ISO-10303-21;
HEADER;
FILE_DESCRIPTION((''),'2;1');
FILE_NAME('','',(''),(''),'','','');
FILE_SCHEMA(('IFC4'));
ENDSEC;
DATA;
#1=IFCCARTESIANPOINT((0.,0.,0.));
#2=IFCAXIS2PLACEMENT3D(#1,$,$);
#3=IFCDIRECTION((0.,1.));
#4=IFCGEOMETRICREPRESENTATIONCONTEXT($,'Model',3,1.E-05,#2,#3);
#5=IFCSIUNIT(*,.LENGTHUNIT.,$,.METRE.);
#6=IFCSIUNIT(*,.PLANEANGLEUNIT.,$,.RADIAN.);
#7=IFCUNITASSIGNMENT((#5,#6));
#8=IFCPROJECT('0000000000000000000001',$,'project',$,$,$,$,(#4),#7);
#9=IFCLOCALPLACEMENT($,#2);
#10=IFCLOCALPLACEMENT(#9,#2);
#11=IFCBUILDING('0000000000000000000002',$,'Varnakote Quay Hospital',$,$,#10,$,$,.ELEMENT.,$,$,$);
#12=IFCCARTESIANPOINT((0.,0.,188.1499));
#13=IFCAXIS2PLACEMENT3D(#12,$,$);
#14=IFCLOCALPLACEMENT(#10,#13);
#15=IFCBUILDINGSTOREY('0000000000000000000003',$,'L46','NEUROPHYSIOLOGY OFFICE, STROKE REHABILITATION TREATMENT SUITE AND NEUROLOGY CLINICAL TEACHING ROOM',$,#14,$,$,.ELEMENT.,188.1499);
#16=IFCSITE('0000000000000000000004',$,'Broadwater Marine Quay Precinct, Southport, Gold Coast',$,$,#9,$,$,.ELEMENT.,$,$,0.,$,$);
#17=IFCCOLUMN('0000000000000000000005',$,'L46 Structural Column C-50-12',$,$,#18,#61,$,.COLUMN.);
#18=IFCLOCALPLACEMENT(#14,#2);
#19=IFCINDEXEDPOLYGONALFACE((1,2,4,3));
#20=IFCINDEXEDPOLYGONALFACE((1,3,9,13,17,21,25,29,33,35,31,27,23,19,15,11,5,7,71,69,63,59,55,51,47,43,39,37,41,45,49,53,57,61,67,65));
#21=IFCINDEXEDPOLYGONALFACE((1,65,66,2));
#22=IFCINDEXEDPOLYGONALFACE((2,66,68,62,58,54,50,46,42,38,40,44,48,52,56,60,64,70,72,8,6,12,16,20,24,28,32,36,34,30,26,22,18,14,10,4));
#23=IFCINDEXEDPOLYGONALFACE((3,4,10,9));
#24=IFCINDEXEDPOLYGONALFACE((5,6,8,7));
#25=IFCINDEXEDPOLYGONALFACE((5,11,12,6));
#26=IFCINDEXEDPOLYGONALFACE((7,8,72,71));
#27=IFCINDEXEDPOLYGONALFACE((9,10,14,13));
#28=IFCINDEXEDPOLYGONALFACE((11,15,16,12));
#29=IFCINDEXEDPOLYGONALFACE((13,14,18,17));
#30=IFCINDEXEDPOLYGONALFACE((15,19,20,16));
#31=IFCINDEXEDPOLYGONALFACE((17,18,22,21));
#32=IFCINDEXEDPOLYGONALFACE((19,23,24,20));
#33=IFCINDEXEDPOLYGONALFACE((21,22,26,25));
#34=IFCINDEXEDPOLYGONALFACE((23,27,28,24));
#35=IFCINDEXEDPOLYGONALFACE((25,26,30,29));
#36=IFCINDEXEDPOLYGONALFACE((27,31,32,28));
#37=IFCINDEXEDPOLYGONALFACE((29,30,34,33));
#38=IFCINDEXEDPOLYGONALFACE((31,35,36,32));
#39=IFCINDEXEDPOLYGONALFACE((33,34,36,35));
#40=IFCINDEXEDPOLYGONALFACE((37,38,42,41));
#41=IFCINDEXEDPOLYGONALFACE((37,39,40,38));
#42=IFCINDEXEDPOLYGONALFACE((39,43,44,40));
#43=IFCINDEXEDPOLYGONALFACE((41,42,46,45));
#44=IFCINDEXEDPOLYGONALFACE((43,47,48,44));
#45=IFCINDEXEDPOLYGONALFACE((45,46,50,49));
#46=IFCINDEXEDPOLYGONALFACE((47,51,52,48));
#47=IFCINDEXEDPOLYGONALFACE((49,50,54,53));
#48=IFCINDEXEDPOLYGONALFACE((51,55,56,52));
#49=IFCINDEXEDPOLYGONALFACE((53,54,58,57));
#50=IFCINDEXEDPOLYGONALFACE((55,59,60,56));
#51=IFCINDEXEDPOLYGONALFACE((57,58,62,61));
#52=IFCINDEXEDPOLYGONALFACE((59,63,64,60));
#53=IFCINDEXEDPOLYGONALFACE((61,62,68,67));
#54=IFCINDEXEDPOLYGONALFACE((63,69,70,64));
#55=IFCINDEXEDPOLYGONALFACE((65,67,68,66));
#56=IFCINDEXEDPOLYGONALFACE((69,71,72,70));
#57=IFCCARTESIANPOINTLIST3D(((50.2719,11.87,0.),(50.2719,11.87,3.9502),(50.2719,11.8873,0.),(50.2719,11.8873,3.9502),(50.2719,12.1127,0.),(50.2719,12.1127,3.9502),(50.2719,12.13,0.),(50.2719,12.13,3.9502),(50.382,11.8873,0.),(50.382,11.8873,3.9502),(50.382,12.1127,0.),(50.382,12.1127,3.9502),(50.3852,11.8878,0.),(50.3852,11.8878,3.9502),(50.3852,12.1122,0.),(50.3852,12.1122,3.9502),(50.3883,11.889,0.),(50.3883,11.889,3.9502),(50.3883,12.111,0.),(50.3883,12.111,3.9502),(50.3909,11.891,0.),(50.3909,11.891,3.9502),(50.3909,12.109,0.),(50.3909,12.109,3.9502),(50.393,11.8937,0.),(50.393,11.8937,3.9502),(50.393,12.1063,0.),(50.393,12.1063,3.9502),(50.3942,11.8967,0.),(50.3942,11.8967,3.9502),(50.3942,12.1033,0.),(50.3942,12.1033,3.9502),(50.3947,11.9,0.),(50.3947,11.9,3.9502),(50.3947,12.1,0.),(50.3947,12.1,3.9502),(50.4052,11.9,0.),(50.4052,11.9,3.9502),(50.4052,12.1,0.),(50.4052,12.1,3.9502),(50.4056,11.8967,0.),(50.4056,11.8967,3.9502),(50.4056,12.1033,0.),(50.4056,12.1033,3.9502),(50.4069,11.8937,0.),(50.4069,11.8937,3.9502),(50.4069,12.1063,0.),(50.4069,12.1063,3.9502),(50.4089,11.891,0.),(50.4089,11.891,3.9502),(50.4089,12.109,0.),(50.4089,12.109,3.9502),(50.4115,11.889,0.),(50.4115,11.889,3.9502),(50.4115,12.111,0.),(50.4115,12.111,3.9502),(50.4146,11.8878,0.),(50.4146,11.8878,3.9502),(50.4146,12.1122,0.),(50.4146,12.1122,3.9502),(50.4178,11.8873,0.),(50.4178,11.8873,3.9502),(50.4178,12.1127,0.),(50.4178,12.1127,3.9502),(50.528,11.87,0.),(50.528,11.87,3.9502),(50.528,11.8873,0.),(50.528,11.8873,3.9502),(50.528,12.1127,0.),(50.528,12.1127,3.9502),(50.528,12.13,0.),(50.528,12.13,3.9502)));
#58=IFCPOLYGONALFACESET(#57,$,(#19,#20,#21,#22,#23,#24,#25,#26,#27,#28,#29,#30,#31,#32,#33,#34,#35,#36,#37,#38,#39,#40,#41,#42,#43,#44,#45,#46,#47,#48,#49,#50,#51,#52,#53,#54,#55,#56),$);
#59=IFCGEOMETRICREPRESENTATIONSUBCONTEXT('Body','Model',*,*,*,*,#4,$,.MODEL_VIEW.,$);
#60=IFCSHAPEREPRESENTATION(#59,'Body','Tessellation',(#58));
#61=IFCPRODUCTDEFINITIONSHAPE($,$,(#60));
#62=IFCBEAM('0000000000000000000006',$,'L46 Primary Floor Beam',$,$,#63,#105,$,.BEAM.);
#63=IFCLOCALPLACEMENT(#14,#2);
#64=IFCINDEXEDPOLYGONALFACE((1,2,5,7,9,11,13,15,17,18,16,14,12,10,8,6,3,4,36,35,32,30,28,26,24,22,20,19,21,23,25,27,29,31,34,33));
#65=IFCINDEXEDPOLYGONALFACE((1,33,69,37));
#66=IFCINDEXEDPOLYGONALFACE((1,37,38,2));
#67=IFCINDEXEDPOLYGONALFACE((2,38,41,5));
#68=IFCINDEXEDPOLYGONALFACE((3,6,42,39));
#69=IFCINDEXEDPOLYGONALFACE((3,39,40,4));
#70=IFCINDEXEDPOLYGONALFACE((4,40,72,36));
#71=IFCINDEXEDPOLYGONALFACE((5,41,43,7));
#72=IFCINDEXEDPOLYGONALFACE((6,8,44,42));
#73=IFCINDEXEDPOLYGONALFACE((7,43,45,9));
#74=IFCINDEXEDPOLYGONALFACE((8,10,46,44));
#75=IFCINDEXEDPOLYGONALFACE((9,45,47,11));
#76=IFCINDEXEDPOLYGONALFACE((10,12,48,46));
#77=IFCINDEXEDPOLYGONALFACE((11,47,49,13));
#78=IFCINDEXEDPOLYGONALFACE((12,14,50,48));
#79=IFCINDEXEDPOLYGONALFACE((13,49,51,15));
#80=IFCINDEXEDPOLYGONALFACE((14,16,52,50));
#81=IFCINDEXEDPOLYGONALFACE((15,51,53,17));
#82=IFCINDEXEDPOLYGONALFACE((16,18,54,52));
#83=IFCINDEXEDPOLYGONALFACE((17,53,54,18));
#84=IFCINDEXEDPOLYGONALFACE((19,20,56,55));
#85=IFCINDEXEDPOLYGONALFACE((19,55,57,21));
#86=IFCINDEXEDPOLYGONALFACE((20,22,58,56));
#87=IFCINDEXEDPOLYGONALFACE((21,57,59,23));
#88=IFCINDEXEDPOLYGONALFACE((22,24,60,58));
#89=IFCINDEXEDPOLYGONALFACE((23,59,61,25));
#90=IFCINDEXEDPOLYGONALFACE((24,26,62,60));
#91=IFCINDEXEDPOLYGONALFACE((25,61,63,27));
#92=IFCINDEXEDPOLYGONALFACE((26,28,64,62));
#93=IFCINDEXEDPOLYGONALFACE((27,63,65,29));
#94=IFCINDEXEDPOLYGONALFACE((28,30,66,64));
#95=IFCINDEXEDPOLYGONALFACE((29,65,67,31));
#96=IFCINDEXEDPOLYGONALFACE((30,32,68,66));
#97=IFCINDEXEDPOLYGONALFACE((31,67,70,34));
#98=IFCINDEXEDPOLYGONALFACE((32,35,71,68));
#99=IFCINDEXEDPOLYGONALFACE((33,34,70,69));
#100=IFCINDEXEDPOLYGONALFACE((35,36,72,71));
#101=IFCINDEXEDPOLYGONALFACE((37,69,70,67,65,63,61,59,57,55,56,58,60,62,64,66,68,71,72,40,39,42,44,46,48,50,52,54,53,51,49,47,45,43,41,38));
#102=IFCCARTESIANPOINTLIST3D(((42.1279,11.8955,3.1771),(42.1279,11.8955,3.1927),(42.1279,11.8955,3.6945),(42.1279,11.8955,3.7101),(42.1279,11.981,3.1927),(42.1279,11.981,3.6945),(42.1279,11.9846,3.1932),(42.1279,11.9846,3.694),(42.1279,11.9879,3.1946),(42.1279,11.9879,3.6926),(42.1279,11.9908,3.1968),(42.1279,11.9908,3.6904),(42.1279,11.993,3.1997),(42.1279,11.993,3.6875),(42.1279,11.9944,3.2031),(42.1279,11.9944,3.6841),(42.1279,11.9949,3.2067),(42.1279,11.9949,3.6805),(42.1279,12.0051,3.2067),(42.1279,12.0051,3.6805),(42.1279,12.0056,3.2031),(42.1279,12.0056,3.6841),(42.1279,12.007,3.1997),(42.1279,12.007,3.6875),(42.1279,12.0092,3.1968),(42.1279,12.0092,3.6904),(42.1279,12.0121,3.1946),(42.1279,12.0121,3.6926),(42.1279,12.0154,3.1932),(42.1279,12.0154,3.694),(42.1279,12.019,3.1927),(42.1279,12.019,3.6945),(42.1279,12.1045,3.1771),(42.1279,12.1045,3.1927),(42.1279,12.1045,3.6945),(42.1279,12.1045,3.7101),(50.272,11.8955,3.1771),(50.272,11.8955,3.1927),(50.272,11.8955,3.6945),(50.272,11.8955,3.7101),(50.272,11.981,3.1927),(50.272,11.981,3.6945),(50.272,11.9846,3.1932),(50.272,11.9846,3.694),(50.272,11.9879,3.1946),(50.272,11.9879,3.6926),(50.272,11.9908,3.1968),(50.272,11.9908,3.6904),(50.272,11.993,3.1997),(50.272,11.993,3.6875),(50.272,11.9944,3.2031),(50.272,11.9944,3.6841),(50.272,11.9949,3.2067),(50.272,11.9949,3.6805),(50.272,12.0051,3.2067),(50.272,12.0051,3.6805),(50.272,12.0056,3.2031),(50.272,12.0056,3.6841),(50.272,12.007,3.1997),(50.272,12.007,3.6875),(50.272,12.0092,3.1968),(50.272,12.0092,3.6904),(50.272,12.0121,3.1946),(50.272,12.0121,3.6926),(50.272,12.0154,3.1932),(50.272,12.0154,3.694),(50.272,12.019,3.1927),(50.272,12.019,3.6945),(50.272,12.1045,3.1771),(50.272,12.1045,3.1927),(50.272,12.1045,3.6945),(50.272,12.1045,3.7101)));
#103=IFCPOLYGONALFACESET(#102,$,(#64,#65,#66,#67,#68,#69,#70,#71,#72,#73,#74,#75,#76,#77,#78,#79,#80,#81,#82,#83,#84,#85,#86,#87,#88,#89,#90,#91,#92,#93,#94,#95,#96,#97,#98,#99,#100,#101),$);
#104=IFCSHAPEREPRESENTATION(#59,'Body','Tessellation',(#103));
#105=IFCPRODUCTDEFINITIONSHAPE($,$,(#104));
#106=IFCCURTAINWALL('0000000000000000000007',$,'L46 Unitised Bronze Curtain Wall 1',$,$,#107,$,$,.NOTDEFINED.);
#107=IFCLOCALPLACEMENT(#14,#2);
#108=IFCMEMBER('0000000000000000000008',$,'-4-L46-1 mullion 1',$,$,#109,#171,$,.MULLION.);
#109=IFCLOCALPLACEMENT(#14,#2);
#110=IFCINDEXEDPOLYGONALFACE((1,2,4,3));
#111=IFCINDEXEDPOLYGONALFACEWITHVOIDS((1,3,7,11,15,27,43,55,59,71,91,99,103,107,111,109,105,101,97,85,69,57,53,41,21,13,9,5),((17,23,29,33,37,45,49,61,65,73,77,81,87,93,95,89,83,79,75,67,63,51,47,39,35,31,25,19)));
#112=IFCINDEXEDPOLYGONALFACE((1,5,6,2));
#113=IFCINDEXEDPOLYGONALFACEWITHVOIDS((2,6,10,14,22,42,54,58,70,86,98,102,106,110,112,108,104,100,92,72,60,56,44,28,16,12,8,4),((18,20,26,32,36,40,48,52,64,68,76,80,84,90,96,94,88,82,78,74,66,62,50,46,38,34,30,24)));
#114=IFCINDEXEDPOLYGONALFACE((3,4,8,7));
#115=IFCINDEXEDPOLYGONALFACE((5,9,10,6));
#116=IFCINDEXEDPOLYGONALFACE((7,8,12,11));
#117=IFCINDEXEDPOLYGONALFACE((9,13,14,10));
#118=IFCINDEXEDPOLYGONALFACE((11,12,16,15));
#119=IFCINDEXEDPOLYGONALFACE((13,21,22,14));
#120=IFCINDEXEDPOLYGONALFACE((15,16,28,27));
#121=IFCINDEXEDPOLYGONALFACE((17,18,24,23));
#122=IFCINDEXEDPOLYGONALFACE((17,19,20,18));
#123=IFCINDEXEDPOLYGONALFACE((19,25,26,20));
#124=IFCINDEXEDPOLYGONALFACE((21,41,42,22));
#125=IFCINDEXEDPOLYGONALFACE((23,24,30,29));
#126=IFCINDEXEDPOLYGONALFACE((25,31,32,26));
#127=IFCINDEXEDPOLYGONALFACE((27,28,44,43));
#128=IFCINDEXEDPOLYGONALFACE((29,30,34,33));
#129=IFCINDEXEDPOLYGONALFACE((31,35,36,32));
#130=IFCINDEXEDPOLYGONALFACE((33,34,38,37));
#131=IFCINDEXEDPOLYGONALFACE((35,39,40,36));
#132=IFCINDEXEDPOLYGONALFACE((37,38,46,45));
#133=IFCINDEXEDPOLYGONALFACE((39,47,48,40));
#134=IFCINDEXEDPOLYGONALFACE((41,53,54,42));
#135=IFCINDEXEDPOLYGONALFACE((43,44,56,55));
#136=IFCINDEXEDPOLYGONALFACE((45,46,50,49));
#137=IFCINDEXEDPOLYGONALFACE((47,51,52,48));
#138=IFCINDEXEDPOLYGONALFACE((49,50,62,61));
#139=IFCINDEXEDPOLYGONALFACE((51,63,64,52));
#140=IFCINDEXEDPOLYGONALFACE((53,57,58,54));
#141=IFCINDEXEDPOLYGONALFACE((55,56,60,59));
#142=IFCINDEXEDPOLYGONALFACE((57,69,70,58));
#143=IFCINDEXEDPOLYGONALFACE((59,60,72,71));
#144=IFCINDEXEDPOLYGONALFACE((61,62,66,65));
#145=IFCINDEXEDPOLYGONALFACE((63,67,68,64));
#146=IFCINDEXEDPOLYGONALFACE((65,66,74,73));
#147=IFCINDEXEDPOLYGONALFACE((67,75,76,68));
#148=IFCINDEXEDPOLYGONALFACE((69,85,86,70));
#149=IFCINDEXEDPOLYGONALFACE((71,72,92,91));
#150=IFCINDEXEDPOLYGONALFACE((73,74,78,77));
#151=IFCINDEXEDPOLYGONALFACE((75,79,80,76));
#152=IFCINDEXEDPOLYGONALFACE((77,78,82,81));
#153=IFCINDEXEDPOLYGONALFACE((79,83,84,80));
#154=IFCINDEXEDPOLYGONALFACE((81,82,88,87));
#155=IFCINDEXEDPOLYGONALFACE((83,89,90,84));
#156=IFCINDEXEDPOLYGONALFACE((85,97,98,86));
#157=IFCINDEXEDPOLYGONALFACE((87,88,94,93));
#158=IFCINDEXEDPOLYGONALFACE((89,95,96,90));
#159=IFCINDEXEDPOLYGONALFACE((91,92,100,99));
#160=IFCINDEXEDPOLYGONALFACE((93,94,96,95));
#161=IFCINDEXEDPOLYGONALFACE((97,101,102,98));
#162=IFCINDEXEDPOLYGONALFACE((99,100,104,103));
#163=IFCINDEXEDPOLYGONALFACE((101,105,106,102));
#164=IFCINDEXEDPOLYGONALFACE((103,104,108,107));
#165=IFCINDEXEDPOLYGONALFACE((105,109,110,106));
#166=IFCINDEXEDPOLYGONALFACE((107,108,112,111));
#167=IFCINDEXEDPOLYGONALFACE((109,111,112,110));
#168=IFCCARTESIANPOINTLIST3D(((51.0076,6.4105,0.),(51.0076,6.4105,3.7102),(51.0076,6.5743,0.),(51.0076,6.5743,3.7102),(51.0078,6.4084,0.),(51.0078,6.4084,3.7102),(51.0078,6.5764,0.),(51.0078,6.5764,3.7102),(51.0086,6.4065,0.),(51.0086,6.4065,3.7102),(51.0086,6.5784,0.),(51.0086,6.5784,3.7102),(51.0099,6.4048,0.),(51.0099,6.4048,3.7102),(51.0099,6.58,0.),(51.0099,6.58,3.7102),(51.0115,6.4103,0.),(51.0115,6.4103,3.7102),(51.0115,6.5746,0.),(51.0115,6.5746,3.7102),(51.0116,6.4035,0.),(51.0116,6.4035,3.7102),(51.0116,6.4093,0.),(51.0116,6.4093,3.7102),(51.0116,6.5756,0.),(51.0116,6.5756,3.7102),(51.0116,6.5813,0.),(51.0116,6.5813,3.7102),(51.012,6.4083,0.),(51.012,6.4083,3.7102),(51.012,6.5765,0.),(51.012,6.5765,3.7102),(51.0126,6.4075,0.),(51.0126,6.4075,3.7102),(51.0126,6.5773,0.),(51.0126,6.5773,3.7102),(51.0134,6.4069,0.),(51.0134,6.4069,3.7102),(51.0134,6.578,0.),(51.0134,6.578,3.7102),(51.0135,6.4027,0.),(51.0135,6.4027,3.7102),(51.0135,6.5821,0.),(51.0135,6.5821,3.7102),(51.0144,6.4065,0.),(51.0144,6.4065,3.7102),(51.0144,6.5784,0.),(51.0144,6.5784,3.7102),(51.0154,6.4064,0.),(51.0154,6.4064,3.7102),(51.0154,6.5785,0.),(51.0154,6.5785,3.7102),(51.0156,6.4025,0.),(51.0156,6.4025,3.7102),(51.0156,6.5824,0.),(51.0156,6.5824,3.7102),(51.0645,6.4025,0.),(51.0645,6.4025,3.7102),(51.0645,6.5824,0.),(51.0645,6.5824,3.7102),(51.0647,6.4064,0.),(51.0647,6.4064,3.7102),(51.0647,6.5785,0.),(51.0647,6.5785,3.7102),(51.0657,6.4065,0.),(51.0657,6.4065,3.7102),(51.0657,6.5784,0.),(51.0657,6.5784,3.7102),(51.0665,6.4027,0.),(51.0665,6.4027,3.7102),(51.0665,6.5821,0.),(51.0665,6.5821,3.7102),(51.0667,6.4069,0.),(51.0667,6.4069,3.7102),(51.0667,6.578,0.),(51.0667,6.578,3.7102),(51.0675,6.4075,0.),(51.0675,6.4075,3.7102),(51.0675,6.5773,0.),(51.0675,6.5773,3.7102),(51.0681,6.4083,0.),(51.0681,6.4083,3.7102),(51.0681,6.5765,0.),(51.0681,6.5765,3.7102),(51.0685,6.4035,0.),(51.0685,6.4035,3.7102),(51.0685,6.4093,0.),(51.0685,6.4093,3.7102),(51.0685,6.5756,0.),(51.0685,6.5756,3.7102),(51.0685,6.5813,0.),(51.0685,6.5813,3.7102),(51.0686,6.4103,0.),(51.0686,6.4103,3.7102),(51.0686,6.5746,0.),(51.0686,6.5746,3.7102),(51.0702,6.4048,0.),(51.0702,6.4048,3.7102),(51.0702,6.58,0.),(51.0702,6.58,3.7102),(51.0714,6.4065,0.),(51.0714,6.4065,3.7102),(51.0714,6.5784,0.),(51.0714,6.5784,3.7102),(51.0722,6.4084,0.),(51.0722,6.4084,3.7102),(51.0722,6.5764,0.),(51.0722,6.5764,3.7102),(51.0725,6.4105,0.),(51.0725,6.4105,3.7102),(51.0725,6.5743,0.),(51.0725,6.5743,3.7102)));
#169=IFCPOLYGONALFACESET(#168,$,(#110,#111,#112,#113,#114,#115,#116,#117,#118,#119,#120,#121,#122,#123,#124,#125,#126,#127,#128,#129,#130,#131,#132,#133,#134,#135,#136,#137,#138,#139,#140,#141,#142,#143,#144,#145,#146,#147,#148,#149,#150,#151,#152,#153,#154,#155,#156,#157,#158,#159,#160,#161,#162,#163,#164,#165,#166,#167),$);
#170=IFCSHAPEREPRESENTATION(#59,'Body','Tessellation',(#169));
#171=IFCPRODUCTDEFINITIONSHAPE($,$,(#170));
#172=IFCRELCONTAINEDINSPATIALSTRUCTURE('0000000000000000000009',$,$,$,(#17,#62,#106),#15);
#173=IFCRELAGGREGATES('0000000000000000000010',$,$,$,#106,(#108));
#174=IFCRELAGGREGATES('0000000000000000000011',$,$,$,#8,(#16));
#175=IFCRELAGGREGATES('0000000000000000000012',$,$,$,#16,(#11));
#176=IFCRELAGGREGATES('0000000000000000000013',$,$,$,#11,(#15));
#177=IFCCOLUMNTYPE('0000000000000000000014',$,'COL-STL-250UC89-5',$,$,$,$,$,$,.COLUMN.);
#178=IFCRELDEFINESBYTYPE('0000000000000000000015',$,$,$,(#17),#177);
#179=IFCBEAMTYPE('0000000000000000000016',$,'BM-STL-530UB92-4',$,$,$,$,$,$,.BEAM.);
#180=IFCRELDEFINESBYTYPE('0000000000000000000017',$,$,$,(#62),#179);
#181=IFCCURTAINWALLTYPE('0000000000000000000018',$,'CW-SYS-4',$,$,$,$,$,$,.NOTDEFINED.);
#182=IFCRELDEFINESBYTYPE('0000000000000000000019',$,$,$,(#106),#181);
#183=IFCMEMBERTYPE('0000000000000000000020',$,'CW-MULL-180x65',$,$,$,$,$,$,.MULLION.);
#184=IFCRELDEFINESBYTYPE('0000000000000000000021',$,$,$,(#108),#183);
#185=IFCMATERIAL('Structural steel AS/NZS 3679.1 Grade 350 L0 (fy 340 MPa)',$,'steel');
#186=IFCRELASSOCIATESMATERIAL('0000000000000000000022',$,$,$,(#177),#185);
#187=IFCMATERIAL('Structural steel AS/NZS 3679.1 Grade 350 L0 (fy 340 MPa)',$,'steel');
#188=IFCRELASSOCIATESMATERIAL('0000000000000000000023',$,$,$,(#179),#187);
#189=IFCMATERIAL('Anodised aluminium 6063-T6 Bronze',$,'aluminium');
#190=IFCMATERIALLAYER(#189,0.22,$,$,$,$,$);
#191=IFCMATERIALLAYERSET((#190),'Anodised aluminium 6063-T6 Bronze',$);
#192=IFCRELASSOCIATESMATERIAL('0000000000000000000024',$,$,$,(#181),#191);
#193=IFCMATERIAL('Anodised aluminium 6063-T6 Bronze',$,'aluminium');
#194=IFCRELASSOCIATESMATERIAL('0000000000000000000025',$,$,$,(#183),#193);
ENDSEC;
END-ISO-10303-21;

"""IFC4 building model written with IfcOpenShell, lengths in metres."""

from ifc_helpers import new_model, si_unit, direction, frame, origin, origin_2d, place, context, subcontext, project, spatial, hollow_rectangle, i_section, extrude, material, layer, layer_set, material_profile, profile_set, type_object, element, aggregate, save


model = new_model("IFC4")

# Units and contexts
model_context = context("Model", 3, precision=1e-05, world=origin(), true_north=direction((0.0, 1.0)))
body_context = subcontext(model_context, "Body", "Model", "MODEL_VIEW")
ifc_project = project(units=[si_unit("LENGTHUNIT", "METRE"), si_unit("PLANEANGLEUNIT", "RADIAN")], contexts=[model_context])

# Site, building, storey
site_placement = place(None, origin())
site = spatial("IfcSite", under=ifc_project, at=site_placement, Name="Broadwater Marine Quay Precinct, Southport, Gold Coast", CompositionType="ELEMENT", RefElevation=0.0)
building_placement = place(site_placement, origin())
building = spatial("IfcBuilding", under=site, at=building_placement, Name="Varnakote Quay Hospital", CompositionType="ELEMENT")
storey_placement = place(building_placement, frame((0.0, 0.0, 188.1499)))
storey = spatial("IfcBuildingStorey", under=building, at=storey_placement, Name="L46", Description="NEUROPHYSIOLOGY OFFICE, STROKE REHABILITATION TREATMENT SUITE AND NEUROLOGY CLINICAL TEACHING ROOM", CompositionType="ELEMENT", Elevation=188.1499)

# Column
ifc_material_1 = material(Name="Structural steel AS/NZS 3679.1 Grade 350 L0 (fy 340 MPa)", Category="steel")
ifc_material_profile_1 = material_profile(ifc_material_1, i_section(OverallWidth=0.2561, OverallDepth=0.26, WebThickness=0.0105, FlangeThickness=0.0173, FilletRadius=0.0127, at=origin_2d()), Name="250UC89.5")
ifc_profile_set_1 = profile_set([ifc_material_profile_1], Name="Structural steel AS/NZS 3679.1 Grade 350 L0 (fy 340 MPa)")
column_type = type_object("IfcColumnType", Name="COL-STL-250UC89-5", PredefinedType="COLUMN", material=ifc_profile_set_1)
column_placement = place(storey_placement, frame((50.3999, 12.0, 0.0), z_axis=(0.0, 0.0, 1.0), x_axis=(1.0, 0.0, 0.0)))
element("IfcColumn", 1, at=column_placement, inside=storey, type_object=column_type, Name="L46 Structural Column C-50-12", PredefinedType="COLUMN", context=body_context, shape_type="SweptSolid", body=[
    extrude(i_section(OverallWidth=0.2561, OverallDepth=0.26, WebThickness=0.0105, FlangeThickness=0.0173, FilletRadius=0.0127, at=origin_2d()), origin(), (0.0, 0.0, 1.0), 3.9502),
])

# Beam
ifc_material_2 = material(Name="Structural steel AS/NZS 3679.1 Grade 350 L0 (fy 340 MPa)", Category="steel")
ifc_material_profile_2 = material_profile(ifc_material_2, i_section(OverallWidth=0.209, OverallDepth=0.533, WebThickness=0.0103, FlangeThickness=0.0156, FilletRadius=0.0139, at=origin_2d()), Name="530UB92.4")
ifc_profile_set_2 = profile_set([ifc_material_profile_2], Name="Structural steel AS/NZS 3679.1 Grade 350 L0 (fy 340 MPa)")
beam_type = type_object("IfcBeamType", Name="BM-STL-530UB92-4", PredefinedType="BEAM", material=ifc_profile_set_2)
beam_placement = place(storey_placement, frame((42.1279, 12.0, 3.4436), z_axis=(1.0, 0.0, 0.0), x_axis=(0.0, 1.0, 0.0)))
element("IfcBeam", 2, at=beam_placement, inside=storey, type_object=beam_type, Name="L46 Primary Floor Beam", PredefinedType="BEAM", context=body_context, shape_type="SweptSolid", body=[
    extrude(i_section(OverallWidth=0.209, OverallDepth=0.533, WebThickness=0.0103, FlangeThickness=0.0156, FilletRadius=0.0139, at=origin_2d()), origin(), (0.0, 0.0, 1.0), 8.144),
])

# Curtain wall, member
ifc_material_3 = material(Name="Anodised aluminium 6063-T6 Bronze", Category="aluminium")
ifc_layer_1 = layer(ifc_material_3, 0.22)
ifc_layer_set_1 = layer_set([ifc_layer_1], Name="Anodised aluminium 6063-T6 Bronze")
curtain_wall_type = type_object("IfcCurtainWallType", Name="CW-SYS-4", PredefinedType="NOTDEFINED", material=ifc_layer_set_1)
curtain_wall_placement = place(storey_placement, origin())
curtain_wall = element("IfcCurtainWall", 3, at=curtain_wall_placement, inside=storey, type_object=curtain_wall_type, Name="L46 Unitised Bronze Curtain Wall 1", PredefinedType="NOTDEFINED")
ifc_material_4 = material(Name="Anodised aluminium 6063-T6 Bronze", Category="aluminium")
ifc_material_profile_3 = material_profile(ifc_material_4, hollow_rectangle(XDim=0.0649, YDim=0.1799, WallThickness=0.0039, InnerFilletRadius=0.0039, OuterFilletRadius=0.0081, at=origin_2d()), Name="CW-MULL-180x65")
ifc_profile_set_3 = profile_set([ifc_material_profile_3], Name="Anodised aluminium 6063-T6 Bronze")
member_type_1 = type_object("IfcMemberType", Name="CW-MULL-180x65", PredefinedType="MULLION", material=ifc_profile_set_3)
member_1_placement = place(storey_placement, frame((51.04, 6.4924, 0.0), z_axis=(0.0, 0.0, 1.0), x_axis=(-1.0, 0.0, 0.0)))
member_1 = element("IfcMember", 4, at=member_1_placement, type_object=member_type_1, Name="-4-L46-1 mullion 1", PredefinedType="MULLION", context=body_context, shape_type="SweptSolid", body=[
    extrude(hollow_rectangle(XDim=0.0649, YDim=0.1799, WallThickness=0.0039, InnerFilletRadius=0.0039, OuterFilletRadius=0.0081, at=origin_2d()), origin(), (0.0, 0.0, 1.0), 3.7102),
])
aggregate(curtain_wall, [member_1])

save(model, "model.ifc")
